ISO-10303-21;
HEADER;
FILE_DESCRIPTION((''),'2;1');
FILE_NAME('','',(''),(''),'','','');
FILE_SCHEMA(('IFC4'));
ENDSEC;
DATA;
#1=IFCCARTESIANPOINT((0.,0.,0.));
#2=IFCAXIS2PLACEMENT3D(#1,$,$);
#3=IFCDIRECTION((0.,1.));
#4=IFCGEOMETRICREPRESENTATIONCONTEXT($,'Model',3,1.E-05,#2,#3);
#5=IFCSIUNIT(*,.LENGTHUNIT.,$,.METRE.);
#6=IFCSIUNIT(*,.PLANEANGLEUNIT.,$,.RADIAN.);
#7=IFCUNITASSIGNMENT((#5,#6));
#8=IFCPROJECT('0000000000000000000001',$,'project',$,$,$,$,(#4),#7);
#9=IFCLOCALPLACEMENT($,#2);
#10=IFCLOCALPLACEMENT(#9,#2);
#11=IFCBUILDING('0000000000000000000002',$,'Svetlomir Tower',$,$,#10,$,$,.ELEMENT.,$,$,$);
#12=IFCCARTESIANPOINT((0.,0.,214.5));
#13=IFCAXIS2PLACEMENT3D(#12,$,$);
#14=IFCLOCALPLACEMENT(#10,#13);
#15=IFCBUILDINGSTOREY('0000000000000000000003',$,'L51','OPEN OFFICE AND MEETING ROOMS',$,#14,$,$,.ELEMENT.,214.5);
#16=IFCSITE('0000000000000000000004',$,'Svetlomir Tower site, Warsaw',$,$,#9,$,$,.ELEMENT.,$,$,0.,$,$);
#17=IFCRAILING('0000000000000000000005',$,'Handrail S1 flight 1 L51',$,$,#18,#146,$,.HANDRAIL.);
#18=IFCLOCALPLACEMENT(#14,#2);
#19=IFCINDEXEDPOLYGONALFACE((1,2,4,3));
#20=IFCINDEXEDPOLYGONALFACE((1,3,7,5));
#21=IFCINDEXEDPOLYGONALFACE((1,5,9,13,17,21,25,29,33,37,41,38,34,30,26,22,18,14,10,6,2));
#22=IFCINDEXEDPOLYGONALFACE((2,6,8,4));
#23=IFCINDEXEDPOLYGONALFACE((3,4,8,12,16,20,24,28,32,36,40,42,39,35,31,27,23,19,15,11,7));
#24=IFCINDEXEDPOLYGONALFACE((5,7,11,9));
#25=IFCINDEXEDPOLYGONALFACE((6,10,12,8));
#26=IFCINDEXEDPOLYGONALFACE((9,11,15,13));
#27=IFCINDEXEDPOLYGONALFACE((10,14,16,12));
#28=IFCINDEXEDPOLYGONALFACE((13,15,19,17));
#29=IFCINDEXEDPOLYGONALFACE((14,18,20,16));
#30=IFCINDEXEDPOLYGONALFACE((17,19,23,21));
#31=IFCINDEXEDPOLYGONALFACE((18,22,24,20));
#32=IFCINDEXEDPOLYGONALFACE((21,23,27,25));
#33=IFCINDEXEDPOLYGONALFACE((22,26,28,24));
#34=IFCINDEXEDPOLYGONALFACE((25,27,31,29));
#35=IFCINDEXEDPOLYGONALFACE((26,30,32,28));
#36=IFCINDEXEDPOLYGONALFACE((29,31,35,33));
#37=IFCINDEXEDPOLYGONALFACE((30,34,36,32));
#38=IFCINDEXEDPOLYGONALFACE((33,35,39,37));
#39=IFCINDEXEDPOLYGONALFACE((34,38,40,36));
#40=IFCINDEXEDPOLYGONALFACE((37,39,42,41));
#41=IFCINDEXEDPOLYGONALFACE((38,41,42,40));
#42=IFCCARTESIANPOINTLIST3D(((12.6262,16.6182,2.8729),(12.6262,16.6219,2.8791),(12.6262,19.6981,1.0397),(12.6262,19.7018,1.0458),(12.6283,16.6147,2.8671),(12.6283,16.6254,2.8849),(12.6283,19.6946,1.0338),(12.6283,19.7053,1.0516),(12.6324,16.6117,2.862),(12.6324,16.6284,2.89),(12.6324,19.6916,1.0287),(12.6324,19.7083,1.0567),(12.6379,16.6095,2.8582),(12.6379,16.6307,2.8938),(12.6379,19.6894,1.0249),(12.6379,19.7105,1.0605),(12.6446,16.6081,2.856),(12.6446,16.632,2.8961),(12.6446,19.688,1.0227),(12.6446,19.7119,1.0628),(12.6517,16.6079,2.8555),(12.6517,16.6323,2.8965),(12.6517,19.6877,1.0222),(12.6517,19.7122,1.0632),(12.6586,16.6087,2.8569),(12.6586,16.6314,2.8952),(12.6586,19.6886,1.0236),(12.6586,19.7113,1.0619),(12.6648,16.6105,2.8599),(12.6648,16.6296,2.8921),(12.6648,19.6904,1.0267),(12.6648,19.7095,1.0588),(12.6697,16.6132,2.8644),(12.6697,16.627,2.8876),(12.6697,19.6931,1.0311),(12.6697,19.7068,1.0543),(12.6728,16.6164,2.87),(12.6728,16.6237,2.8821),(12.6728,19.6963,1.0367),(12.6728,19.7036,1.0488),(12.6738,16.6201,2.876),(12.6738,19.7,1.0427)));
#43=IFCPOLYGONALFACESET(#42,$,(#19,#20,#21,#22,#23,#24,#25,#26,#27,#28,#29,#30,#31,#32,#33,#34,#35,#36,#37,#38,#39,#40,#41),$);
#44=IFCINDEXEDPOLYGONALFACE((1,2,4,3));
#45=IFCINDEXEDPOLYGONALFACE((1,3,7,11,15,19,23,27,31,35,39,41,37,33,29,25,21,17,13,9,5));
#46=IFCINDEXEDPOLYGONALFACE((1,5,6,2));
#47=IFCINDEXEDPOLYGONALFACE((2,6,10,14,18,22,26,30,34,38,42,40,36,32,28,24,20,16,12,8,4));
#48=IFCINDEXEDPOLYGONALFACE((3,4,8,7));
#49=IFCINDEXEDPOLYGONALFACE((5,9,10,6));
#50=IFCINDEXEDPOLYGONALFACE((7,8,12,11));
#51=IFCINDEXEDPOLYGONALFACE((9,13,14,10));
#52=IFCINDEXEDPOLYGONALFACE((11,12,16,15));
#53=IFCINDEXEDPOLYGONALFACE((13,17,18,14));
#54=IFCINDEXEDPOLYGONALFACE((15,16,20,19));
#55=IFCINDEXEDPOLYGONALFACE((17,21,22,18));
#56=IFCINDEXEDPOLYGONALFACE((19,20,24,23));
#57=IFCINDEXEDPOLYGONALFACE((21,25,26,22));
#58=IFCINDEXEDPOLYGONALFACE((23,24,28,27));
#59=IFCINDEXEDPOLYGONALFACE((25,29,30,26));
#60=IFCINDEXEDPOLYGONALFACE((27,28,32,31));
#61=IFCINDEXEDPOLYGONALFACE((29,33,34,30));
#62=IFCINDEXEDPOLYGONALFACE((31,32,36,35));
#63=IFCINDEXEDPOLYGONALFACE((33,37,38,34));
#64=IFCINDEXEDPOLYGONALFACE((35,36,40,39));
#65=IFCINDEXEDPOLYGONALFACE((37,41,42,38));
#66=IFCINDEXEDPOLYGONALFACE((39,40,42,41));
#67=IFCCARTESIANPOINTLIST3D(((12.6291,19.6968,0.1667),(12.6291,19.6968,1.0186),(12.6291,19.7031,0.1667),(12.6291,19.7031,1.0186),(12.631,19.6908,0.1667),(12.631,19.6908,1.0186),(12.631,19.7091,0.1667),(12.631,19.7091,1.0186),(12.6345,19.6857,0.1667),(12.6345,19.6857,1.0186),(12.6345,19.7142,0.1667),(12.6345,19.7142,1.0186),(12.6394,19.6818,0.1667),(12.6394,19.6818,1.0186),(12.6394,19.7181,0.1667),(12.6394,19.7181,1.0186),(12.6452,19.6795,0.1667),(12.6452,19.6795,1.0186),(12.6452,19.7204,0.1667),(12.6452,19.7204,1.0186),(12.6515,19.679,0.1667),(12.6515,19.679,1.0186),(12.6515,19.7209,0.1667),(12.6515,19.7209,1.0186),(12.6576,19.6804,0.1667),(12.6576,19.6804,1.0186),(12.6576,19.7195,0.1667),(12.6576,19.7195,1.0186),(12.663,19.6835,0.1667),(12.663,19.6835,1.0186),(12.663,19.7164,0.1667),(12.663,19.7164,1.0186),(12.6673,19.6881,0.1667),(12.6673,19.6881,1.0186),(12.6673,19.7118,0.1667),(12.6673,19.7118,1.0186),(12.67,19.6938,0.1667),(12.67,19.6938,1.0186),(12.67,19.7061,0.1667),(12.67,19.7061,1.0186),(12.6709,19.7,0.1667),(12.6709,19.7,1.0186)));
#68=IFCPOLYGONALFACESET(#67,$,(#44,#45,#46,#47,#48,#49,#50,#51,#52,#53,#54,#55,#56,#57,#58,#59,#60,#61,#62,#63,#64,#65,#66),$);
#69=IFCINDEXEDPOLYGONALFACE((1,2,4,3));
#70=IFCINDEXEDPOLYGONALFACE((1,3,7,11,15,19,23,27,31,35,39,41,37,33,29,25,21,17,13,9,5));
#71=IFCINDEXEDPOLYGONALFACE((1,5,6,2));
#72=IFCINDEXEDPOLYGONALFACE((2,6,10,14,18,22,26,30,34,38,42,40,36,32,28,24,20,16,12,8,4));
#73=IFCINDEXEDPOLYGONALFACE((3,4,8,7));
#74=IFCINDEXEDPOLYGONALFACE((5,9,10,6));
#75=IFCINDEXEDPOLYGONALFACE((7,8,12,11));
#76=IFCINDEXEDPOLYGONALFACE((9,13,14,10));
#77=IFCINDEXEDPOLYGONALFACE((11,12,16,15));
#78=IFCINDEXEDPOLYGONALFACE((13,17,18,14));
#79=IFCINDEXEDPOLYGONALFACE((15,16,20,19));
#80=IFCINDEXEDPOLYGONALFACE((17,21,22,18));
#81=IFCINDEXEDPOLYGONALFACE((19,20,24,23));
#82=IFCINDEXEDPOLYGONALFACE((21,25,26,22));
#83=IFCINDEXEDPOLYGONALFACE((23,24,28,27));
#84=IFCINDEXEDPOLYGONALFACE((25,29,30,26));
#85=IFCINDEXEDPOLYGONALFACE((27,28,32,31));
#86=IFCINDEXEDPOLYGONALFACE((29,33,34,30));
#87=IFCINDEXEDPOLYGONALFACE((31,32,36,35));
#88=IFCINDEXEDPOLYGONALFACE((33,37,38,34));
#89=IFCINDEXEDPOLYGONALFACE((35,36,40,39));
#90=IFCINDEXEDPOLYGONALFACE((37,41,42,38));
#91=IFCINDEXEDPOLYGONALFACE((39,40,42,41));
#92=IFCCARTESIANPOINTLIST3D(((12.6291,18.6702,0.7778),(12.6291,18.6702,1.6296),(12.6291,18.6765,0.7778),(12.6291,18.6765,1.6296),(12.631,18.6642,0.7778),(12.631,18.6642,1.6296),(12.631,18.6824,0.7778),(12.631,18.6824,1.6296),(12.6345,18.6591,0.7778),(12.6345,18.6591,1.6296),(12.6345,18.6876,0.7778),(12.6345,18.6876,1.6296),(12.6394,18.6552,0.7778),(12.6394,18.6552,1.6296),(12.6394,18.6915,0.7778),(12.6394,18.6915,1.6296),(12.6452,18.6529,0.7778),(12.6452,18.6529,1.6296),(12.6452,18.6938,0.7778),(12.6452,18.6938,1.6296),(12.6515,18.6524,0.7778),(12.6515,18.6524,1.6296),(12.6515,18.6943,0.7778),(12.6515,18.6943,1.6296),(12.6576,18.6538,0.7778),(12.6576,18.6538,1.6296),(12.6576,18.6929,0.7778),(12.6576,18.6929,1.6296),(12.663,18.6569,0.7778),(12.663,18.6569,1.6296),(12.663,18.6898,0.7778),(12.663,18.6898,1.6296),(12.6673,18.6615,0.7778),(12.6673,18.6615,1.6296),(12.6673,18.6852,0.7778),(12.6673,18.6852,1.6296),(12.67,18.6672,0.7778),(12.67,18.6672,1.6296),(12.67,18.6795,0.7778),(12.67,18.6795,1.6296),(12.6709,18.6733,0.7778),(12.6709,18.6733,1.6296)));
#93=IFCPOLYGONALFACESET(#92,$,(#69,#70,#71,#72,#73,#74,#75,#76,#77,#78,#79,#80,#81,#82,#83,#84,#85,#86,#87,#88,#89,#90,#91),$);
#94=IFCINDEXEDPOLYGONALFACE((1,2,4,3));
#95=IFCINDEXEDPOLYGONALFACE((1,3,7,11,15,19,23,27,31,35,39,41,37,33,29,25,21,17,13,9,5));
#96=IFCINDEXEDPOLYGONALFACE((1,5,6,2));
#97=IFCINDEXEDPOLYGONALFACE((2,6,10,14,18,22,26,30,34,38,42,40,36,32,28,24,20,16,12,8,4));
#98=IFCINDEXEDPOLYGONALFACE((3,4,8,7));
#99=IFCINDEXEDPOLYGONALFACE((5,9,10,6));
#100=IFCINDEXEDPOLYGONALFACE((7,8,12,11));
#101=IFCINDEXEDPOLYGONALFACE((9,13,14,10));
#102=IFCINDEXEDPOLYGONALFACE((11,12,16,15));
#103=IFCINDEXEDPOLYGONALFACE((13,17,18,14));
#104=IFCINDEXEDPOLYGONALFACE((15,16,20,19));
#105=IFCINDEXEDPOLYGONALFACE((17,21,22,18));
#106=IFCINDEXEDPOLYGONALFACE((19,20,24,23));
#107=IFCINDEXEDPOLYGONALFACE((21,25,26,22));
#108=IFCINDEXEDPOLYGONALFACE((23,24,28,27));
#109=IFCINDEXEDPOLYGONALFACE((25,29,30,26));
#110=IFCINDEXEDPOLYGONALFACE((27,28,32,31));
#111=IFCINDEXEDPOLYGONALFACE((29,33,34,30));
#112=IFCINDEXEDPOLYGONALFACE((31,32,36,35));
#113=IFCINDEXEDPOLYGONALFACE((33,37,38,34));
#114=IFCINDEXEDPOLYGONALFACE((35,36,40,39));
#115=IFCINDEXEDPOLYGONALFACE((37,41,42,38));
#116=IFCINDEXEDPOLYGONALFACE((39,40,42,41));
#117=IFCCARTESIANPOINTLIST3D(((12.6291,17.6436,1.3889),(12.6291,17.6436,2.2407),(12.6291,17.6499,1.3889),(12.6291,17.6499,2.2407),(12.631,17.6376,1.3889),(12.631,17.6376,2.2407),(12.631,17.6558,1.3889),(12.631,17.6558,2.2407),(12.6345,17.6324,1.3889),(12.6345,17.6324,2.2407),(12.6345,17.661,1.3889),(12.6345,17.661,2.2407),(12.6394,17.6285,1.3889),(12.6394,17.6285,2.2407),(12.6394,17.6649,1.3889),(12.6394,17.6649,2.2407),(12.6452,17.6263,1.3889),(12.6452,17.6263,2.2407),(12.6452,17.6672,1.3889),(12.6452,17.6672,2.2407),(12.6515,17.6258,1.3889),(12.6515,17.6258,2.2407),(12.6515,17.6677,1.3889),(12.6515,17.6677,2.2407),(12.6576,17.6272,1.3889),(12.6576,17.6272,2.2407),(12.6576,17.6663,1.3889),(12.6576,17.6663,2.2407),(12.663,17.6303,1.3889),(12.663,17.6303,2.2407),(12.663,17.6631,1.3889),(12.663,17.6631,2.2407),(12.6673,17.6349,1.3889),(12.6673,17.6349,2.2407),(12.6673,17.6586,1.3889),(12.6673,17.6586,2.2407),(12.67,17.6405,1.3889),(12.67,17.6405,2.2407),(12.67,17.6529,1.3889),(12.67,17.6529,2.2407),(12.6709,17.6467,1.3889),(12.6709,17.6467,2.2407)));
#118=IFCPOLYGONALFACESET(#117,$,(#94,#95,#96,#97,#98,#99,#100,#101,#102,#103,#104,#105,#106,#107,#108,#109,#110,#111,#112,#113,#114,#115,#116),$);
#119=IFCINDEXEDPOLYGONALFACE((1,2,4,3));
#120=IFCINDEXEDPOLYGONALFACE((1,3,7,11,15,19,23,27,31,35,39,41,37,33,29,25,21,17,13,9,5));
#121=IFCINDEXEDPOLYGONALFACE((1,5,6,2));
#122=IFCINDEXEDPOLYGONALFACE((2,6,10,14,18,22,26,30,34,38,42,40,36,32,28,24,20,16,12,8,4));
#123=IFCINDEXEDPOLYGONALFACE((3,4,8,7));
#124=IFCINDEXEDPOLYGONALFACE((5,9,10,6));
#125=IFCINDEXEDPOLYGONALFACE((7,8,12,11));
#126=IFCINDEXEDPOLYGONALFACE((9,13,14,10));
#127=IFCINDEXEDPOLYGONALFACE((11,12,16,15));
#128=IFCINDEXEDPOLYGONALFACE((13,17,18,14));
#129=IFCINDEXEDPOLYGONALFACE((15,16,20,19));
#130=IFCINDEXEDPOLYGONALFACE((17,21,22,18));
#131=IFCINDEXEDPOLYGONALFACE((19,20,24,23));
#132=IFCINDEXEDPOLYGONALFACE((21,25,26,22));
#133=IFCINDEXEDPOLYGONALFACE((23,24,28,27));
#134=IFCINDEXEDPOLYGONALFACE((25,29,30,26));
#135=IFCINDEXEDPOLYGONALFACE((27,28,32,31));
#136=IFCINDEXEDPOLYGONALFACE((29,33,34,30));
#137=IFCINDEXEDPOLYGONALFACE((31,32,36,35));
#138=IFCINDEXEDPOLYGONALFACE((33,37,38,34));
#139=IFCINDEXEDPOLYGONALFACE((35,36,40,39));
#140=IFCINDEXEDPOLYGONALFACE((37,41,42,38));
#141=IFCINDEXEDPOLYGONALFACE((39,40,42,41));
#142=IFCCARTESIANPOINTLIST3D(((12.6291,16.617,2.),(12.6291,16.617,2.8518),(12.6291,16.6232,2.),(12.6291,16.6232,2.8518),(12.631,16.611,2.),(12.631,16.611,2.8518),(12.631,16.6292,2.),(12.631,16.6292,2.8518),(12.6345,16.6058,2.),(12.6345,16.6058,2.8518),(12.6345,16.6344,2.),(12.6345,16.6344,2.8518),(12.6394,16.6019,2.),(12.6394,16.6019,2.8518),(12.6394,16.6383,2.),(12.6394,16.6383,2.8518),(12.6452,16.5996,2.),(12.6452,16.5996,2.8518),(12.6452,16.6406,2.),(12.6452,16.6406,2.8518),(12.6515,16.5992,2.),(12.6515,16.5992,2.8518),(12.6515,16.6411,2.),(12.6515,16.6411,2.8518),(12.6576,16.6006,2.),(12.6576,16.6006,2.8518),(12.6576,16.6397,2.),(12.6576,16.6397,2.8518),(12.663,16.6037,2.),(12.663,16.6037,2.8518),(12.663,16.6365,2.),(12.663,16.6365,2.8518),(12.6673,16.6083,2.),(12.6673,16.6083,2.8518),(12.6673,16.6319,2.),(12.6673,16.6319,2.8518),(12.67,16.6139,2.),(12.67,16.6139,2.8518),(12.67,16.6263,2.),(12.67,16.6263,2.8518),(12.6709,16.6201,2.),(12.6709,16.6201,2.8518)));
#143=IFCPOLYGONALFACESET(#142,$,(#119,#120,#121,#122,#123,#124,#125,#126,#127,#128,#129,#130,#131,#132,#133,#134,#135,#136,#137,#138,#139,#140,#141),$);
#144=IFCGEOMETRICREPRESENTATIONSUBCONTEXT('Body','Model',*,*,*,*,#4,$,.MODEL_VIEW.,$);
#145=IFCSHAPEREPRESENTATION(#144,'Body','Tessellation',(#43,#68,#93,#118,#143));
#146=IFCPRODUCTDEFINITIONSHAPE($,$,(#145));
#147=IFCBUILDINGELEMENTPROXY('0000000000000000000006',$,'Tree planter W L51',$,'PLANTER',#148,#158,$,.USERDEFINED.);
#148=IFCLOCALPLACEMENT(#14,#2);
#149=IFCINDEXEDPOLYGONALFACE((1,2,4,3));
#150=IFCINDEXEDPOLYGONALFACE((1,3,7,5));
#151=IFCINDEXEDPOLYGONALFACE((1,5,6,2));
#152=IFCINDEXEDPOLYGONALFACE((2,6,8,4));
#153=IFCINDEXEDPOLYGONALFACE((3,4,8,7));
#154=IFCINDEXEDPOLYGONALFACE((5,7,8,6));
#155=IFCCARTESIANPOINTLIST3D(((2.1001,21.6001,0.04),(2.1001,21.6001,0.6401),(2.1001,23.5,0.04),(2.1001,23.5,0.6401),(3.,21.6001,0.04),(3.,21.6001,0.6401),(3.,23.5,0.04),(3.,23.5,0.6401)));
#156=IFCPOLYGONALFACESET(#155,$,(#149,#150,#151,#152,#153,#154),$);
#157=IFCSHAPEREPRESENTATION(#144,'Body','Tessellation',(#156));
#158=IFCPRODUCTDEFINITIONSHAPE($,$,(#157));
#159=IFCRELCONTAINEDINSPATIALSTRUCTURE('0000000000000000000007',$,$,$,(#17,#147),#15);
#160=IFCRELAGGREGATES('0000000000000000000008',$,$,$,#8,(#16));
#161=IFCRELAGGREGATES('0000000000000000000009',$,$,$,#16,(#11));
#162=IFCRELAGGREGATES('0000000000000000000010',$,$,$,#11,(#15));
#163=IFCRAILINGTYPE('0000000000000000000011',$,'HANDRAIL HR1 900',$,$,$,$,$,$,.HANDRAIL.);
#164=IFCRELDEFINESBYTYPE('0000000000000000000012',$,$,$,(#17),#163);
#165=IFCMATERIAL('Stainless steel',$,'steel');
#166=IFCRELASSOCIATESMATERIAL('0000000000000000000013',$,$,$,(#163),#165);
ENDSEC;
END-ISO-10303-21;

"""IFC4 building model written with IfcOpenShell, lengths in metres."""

from ifc_helpers import new_model, si_unit, direction, frame, origin, origin_2d, place, context, subcontext, project, spatial, rectangle, circle, extrude, material, type_object, element, save


model = new_model("IFC4")

# Units and contexts
model_context = context("Model", 3, precision=1e-05, world=origin(), true_north=direction((0.0, 1.0)))
body_context = subcontext(model_context, "Body", "Model", "MODEL_VIEW")
ifc_project = project(units=[si_unit("LENGTHUNIT", "METRE"), si_unit("PLANEANGLEUNIT", "RADIAN")], contexts=[model_context])

# Site, building, storey
site_placement = place(None, origin())
site = spatial("IfcSite", under=ifc_project, at=site_placement, Name="Svetlomir Tower site, Warsaw", CompositionType="ELEMENT", RefElevation=0.0)
building_placement = place(site_placement, origin())
building = spatial("IfcBuilding", under=site, at=building_placement, Name="Svetlomir Tower", CompositionType="ELEMENT")
storey_placement = place(building_placement, frame((0.0, 0.0, 214.5)))
storey = spatial("IfcBuildingStorey", under=building, at=storey_placement, Name="L51", Description="OPEN OFFICE AND MEETING ROOMS", CompositionType="ELEMENT", Elevation=214.5)

# Railing
ifc_material_1 = material(Name="Stainless steel", Category="steel")
railing_type_1 = type_object("IfcRailingType", Name="HANDRAIL HR1 900", PredefinedType="HANDRAIL", material=ifc_material_1)
railing_placement = place(storey_placement, frame((12.6499, 19.7, 0.1667)))
element("IfcRailing", 1, at=railing_placement, inside=storey, type_object=railing_type_1, Name="Handrail S1 flight 1 L51", PredefinedType="HANDRAIL", context=body_context, shape_type="SweptSolid", body=[
    extrude(circle(Radius=0.0239, at=origin_2d()), frame((0.0, 0.0, 0.876), z_axis=(0.0, -0.859291, 0.511487), x_axis=(1.0, 0.0, 0.0)), (0.0, 0.0, 1.0), 3.5842),
    extrude(circle(Radius=0.021, at=origin_2d()), origin(), (0.0, 0.0, 1.0), 0.8518),
    extrude(circle(Radius=0.021, at=origin_2d()), frame((0.0, -1.0266, 0.6111)), (0.0, 0.0, 1.0), 0.8518),
    extrude(circle(Radius=0.021, at=origin_2d()), frame((0.0, -2.0532, 1.2222)), (0.0, 0.0, 1.0), 0.8518),
    extrude(circle(Radius=0.021, at=origin_2d()), frame((0.0, -3.0798, 1.8333)), (0.0, 0.0, 1.0), 0.8518),
])

# Building element proxy
proxy_placement = place(storey_placement, frame((2.55, 22.55, 0.04), z_axis=(0.0, 0.0, 1.0), x_axis=(1.0, 0.0, 0.0)))
element("IfcBuildingElementProxy", 2, at=proxy_placement, inside=storey, Name="Tree planter W L51", ObjectType="PLANTER", PredefinedType="USERDEFINED", context=body_context, shape_type="SweptSolid", body=[
    extrude(rectangle(XDim=0.8999, YDim=1.8999, at=origin_2d()), origin(), (0.0, 0.0, 1.0), 0.6001),
])

save(model, "model.ifc")
